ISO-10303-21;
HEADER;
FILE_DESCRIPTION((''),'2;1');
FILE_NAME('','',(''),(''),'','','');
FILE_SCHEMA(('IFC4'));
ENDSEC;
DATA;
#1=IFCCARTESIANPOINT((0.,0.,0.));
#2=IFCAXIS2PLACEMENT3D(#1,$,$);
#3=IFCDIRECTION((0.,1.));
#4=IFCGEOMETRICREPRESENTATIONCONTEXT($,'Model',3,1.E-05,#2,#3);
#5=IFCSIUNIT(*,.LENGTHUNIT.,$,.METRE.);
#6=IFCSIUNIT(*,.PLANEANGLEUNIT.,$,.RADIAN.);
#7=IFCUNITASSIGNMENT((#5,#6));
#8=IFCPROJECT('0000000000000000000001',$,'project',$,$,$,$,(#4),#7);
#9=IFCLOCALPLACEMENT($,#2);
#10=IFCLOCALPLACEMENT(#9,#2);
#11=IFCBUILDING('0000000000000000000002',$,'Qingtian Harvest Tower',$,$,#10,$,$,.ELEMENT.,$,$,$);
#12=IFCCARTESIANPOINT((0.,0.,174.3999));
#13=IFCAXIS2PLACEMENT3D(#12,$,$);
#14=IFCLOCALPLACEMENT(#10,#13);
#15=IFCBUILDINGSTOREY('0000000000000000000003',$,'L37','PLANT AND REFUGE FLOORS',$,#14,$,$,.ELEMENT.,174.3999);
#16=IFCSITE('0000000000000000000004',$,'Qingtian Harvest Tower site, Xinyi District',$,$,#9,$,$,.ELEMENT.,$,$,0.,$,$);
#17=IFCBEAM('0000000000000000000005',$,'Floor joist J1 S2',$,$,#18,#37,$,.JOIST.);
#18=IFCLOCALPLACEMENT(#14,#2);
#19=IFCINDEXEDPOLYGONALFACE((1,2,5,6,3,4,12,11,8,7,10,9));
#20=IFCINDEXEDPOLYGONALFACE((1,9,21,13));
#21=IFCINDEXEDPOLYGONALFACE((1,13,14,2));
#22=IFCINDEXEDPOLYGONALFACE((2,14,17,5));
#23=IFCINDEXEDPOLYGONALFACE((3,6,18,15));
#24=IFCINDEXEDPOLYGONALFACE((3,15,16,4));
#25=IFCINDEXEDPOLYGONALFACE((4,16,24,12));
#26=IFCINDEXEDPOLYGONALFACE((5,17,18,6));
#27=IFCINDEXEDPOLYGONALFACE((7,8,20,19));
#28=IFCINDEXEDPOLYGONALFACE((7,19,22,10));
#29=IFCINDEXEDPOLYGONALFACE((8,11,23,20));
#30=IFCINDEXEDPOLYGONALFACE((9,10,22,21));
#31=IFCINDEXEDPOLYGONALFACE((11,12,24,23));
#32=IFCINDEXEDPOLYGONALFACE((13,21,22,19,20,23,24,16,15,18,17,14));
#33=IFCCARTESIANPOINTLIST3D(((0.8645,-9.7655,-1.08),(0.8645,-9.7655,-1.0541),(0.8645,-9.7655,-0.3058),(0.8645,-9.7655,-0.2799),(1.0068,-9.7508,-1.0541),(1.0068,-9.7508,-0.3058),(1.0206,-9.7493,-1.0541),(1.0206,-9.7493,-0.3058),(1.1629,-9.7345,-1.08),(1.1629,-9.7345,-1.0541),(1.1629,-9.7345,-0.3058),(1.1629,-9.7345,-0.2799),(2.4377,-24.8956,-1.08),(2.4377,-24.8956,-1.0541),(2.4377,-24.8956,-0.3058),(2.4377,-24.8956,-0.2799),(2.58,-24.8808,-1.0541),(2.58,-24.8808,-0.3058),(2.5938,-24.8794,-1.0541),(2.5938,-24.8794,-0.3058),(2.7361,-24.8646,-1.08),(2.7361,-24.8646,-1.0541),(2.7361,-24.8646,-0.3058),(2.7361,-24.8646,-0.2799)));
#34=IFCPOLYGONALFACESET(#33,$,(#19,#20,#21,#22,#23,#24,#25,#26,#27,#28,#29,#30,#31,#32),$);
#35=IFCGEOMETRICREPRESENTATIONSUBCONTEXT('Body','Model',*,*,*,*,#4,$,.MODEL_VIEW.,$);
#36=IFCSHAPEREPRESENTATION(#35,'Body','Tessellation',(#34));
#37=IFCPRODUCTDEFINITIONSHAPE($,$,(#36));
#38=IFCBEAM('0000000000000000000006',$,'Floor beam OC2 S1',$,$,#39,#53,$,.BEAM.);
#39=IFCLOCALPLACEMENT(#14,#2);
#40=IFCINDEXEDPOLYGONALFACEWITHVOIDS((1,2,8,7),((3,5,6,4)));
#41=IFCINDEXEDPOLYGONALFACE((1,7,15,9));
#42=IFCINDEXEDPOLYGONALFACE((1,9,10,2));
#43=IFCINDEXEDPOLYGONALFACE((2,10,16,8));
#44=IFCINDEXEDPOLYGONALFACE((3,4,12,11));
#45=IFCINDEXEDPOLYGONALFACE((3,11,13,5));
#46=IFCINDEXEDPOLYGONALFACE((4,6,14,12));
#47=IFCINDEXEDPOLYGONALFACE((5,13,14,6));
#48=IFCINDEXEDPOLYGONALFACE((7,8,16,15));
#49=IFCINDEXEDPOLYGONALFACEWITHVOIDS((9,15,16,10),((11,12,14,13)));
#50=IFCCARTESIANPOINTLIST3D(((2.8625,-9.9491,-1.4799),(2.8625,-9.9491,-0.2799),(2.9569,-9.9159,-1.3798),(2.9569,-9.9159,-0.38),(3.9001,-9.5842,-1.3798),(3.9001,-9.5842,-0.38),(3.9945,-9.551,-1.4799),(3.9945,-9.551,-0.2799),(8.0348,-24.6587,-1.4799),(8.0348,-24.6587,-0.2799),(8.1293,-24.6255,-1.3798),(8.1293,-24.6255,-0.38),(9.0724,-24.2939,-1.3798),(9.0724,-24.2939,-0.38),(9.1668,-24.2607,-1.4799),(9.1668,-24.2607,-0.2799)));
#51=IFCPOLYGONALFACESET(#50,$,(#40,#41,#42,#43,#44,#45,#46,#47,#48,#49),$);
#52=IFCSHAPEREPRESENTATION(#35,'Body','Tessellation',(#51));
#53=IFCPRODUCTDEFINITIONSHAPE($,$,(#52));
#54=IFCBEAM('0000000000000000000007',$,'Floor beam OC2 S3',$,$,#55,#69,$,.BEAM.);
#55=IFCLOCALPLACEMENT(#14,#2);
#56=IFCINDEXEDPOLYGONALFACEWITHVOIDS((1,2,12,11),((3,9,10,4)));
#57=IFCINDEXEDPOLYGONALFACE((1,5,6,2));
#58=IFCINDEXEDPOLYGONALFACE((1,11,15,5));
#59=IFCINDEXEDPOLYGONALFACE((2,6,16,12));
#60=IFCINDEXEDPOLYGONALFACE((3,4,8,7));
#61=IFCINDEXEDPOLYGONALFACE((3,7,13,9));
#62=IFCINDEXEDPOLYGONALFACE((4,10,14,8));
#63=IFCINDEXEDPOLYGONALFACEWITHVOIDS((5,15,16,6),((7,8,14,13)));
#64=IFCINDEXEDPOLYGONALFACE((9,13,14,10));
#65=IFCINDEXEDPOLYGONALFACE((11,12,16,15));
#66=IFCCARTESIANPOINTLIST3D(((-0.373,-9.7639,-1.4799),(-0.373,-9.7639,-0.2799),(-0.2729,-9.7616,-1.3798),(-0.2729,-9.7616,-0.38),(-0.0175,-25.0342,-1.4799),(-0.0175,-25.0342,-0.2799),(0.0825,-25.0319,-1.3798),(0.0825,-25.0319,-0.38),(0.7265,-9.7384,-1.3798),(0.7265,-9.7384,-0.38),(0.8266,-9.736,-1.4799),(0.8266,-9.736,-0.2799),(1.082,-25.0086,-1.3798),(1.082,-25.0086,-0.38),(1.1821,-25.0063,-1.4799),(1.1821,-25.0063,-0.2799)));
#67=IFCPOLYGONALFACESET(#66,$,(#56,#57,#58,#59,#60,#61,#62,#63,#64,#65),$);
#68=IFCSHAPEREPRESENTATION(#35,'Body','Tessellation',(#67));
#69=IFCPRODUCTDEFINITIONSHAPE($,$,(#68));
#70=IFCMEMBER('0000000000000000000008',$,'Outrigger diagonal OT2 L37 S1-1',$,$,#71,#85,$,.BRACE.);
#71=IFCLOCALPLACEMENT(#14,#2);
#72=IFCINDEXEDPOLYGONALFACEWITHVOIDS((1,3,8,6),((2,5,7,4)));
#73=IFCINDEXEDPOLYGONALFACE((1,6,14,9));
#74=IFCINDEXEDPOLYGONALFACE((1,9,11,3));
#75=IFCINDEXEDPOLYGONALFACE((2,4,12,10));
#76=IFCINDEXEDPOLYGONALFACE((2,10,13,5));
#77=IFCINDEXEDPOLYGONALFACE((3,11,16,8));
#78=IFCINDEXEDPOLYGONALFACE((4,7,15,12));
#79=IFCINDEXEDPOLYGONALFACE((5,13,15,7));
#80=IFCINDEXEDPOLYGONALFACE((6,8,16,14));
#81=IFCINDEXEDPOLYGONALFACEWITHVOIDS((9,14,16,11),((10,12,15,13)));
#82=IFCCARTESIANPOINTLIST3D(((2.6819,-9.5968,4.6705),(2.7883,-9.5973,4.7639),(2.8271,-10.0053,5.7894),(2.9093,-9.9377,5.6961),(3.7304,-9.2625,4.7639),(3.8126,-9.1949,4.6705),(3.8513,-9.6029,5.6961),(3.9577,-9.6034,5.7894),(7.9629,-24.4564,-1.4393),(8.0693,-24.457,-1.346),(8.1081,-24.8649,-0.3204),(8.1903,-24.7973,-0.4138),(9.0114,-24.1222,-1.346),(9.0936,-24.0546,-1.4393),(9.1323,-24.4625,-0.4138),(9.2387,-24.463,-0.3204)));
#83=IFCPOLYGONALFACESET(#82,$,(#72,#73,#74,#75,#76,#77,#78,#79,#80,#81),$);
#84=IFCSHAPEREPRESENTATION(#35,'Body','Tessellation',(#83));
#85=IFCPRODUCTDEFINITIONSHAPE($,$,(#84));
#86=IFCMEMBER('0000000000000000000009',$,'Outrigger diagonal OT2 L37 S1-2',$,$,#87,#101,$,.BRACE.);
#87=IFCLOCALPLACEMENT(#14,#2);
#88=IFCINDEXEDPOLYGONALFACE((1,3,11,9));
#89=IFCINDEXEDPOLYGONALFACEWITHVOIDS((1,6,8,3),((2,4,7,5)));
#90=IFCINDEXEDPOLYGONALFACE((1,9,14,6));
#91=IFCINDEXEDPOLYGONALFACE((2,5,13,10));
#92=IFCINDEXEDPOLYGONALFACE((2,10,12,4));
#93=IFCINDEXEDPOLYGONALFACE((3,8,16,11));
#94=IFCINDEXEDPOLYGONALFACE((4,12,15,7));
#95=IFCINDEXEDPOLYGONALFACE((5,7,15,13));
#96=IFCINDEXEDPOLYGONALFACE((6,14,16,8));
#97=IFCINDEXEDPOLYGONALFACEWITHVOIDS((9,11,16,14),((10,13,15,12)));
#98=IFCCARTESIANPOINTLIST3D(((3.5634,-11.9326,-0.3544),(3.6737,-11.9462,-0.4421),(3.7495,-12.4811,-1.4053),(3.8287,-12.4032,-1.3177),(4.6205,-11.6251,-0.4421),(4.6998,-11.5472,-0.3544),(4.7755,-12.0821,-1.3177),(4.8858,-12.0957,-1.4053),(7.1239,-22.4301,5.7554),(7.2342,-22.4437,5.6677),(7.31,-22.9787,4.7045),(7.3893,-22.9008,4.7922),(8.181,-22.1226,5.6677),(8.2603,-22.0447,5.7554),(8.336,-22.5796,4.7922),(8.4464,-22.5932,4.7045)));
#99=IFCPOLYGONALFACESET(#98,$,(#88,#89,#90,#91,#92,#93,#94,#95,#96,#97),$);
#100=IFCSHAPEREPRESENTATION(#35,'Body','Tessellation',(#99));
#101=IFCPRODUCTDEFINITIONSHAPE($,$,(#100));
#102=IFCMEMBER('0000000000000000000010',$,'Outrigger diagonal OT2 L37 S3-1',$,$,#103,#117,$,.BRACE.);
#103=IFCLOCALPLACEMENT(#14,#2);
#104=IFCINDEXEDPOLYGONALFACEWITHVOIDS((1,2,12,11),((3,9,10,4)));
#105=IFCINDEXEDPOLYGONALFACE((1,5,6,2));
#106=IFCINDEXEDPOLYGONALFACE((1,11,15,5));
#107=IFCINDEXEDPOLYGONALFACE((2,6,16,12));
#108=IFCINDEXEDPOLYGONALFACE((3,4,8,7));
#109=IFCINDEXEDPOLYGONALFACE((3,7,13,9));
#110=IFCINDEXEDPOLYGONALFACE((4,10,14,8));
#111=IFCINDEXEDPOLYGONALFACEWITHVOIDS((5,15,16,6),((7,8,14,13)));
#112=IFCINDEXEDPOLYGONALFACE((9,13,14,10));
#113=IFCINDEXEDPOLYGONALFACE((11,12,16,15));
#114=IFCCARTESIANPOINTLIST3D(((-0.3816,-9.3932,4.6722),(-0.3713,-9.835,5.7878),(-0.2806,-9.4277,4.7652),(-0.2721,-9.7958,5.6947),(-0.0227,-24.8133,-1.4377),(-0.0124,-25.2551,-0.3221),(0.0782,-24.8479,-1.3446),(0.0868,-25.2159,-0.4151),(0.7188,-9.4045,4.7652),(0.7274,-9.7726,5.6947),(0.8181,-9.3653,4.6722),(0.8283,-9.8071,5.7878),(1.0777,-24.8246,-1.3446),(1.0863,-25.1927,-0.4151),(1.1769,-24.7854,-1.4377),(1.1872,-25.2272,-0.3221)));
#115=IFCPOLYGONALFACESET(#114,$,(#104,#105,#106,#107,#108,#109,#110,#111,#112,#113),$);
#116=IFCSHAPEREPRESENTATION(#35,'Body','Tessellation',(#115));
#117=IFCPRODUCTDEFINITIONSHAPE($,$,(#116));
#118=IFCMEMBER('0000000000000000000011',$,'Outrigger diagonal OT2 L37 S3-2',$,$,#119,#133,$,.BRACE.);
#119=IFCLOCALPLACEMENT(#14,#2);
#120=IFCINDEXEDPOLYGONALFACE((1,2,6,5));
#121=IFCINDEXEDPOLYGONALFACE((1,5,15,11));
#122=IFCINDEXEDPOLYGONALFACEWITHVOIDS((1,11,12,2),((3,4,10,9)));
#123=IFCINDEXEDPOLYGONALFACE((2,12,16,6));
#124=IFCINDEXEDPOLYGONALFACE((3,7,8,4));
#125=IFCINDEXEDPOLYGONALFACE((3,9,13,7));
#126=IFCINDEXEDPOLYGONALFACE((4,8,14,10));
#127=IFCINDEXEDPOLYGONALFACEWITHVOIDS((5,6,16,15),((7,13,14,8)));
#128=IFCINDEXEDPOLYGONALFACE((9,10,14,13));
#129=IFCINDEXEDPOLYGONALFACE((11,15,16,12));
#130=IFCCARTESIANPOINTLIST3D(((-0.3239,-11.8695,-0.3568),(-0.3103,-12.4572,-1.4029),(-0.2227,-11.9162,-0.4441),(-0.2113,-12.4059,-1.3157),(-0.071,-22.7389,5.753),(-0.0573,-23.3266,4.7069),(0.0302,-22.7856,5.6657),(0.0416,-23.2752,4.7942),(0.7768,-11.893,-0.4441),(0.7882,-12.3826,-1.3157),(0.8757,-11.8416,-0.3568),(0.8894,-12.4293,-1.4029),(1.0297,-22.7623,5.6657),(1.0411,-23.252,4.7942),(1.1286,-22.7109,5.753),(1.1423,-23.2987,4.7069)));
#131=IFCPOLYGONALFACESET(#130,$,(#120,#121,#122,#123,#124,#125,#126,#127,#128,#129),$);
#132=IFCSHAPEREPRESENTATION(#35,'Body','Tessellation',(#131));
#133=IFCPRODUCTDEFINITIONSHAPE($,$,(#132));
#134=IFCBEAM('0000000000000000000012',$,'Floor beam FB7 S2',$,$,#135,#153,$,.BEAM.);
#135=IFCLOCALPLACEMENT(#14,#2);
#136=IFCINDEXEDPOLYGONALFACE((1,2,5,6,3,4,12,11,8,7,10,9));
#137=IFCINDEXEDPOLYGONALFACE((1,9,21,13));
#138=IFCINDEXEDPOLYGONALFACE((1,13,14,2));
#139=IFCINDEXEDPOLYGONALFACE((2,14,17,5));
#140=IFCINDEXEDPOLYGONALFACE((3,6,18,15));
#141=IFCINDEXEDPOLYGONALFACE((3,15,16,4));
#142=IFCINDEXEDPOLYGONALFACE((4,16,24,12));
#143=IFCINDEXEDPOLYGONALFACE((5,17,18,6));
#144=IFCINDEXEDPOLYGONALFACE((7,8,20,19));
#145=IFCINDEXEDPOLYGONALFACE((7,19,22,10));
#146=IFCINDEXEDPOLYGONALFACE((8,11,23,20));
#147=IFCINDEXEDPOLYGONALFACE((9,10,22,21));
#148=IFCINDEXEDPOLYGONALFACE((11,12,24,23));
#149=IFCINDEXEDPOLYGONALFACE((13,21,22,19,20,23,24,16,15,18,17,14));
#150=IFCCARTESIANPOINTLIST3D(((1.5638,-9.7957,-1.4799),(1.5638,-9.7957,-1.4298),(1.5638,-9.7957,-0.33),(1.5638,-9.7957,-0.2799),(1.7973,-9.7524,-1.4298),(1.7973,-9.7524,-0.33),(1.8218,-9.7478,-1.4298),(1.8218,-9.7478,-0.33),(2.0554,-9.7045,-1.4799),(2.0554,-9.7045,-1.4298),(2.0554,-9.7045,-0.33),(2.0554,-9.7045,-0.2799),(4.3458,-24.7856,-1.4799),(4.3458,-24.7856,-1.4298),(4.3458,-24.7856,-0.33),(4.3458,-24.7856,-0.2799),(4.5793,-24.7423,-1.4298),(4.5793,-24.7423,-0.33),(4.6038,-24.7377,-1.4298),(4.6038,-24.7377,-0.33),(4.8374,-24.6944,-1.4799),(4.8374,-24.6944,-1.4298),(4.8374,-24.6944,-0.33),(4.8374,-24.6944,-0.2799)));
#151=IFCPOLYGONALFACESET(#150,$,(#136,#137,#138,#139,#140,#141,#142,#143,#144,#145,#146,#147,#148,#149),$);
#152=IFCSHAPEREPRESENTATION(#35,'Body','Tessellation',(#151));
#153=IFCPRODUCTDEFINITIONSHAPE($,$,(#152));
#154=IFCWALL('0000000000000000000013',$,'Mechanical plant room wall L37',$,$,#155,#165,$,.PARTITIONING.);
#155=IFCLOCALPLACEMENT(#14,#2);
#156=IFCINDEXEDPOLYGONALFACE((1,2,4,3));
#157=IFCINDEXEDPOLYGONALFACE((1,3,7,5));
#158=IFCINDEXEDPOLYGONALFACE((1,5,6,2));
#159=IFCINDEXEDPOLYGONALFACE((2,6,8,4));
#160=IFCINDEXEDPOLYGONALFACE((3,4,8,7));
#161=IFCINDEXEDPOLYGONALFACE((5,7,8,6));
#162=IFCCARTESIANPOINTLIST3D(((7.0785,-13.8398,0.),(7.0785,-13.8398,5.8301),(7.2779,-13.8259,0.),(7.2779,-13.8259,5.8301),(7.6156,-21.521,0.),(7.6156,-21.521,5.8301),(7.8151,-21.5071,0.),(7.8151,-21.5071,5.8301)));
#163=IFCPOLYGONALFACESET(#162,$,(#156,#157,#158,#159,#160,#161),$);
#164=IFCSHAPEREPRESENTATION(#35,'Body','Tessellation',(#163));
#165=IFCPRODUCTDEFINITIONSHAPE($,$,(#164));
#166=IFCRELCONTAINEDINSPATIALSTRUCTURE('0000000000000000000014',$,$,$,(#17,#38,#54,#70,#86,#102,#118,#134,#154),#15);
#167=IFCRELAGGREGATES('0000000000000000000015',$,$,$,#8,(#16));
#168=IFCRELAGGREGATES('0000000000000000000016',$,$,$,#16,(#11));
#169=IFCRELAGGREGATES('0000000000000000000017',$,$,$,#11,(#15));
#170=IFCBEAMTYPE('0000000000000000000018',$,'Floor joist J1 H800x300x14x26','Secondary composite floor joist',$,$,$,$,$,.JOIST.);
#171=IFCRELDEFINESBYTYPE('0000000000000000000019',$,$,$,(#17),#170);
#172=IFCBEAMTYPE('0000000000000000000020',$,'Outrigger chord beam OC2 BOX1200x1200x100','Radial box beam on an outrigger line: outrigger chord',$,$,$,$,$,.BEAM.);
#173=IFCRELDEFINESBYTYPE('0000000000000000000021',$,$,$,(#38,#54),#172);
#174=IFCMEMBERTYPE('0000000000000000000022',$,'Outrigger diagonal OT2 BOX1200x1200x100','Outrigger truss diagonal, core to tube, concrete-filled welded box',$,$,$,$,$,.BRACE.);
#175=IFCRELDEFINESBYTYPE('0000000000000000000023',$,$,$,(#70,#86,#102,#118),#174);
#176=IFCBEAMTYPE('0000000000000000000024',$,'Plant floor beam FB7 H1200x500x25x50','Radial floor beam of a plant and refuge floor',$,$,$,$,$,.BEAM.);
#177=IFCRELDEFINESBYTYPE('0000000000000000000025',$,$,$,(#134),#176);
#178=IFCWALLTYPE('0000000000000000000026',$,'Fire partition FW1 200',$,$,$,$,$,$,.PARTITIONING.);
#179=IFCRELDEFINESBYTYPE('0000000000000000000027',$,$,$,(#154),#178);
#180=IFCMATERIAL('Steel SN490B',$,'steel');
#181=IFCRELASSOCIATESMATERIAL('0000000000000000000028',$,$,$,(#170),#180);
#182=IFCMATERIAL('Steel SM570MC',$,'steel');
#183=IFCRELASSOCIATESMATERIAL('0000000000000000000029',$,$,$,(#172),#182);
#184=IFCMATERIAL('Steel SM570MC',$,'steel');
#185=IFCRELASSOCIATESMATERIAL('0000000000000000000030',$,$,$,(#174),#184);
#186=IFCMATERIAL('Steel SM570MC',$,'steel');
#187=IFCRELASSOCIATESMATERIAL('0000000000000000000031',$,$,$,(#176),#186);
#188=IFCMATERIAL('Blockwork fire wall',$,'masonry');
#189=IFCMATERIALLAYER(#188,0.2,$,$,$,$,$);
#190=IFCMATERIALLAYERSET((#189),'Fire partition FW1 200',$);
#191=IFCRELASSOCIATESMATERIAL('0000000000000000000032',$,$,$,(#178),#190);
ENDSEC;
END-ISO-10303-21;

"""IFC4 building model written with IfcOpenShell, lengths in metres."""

from ifc_helpers import new_model, si_unit, direction, frame, frame_2d, origin, origin_2d, place, context, subcontext, project, spatial, rectangle, hollow_rectangle, i_section, extrude, material, layer, layer_set, material_profile, profile_set, type_object, element, save


model = new_model("IFC4")

# Units and contexts
model_context = context("Model", 3, precision=1e-05, world=origin(), true_north=direction((0.0, 1.0)))
body_context = subcontext(model_context, "Body", "Model", "MODEL_VIEW")
ifc_project = project(units=[si_unit("LENGTHUNIT", "METRE"), si_unit("PLANEANGLEUNIT", "RADIAN")], contexts=[model_context])

# Site, building, storey
site_placement = place(None, origin())
site = spatial("IfcSite", under=ifc_project, at=site_placement, Name="Qingtian Harvest Tower site, Xinyi District", CompositionType="ELEMENT", RefElevation=0.0)
building_placement = place(site_placement, origin())
building = spatial("IfcBuilding", under=site, at=building_placement, Name="Qingtian Harvest Tower", CompositionType="ELEMENT")
storey_placement = place(building_placement, frame((0.0, 0.0, 174.3999)))
storey = spatial("IfcBuildingStorey", under=building, at=storey_placement, Name="L37", Description="PLANT AND REFUGE FLOORS", CompositionType="ELEMENT", Elevation=174.3999)

# Beams
ifc_material_1 = material(Name="Steel SN490B", Category="steel")
ifc_material_profile_1 = material_profile(ifc_material_1, i_section(OverallWidth=0.3, OverallDepth=0.8, WebThickness=0.0139, FlangeThickness=0.0259, at=origin_2d()), Name="H800x300x14x26")
ifc_profile_set_1 = profile_set([ifc_material_profile_1], Name="Steel SN490B")
beam_type_1 = type_object("IfcBeamType", Name="Floor joist J1 H800x300x14x26", Description="Secondary composite floor joist", PredefinedType="JOIST", material=ifc_profile_set_1)
beam_1_placement = place(storey_placement, frame((2.5869, -24.8801, -0.6799), z_axis=(-0.103423, 0.994637, 0.0), x_axis=(-0.994637, -0.103423, 0.0)))
element("IfcBeam", 1, at=beam_1_placement, inside=storey, type_object=beam_type_1, Name="Floor joist J1 S2", PredefinedType="JOIST", context=body_context, shape_type="SweptSolid", body=[
    extrude(i_section(OverallWidth=0.3, OverallDepth=0.8, WebThickness=0.0139, FlangeThickness=0.0259, at=origin_2d()), origin(), (0.0, 0.0, 1.0), 15.2117),
])
ifc_material_2 = material(Name="Steel SM570MC", Category="steel")
ifc_material_profile_2 = material_profile(ifc_material_2, hollow_rectangle(XDim=1.2, YDim=1.2, WallThickness=0.1001, at=origin_2d()), Name="BOX1200x1200x100")
ifc_profile_set_2 = profile_set([ifc_material_profile_2], Name="Steel SM570MC")
beam_type_2 = type_object("IfcBeamType", Name="Outrigger chord beam OC2 BOX1200x1200x100", Description="Radial box beam on an outrigger line: outrigger chord", PredefinedType="BEAM", material=ifc_profile_set_2)
beam_2_placement = place(storey_placement, frame((8.6008, -24.4597, -0.8799), z_axis=(-0.331719, 0.943378, 0.0), x_axis=(-0.943378, -0.331719, 0.0)))
element("IfcBeam", 2, at=beam_2_placement, inside=storey, type_object=beam_type_2, Name="Floor beam OC2 S1", PredefinedType="BEAM", context=body_context, shape_type="SweptSolid", body=[
    extrude(hollow_rectangle(XDim=1.2, YDim=1.2, WallThickness=0.1001, at=origin_2d()), origin(), (0.0, 0.0, 1.0), 15.5925),
])
beam_3_placement = place(storey_placement, frame((0.5823, -25.0203, -0.8799), z_axis=(-0.023272, 0.999729, 0.0), x_axis=(-0.999729, -0.023272, 0.0)))
element("IfcBeam", 3, at=beam_3_placement, inside=storey, type_object=beam_type_2, Name="Floor beam OC2 S3", PredefinedType="BEAM", context=body_context, shape_type="SweptSolid", body=[
    extrude(hollow_rectangle(XDim=1.2, YDim=1.2, WallThickness=0.1001, at=origin_2d()), origin(), (0.0, 0.0, 1.0), 15.2744),
])

# Members
ifc_material_3 = material(Name="Steel SM570MC", Category="steel")
ifc_material_profile_3 = material_profile(ifc_material_3, hollow_rectangle(XDim=1.2, YDim=1.2, WallThickness=0.1001, at=origin_2d()), Name="BOX1200x1200x100")
ifc_profile_set_3 = profile_set([ifc_material_profile_3], Name="Steel SM570MC")
member_type_1 = type_object("IfcMemberType", Name="Outrigger diagonal OT2 BOX1200x1200x100", Description="Outrigger truss diagonal, core to tube, concrete-filled welded box", PredefinedType="BRACE", material=ifc_profile_set_3)
member_1_placement = place(storey_placement, frame((8.6008, -24.4597, -0.8799), z_axis=(-0.312257, 0.878625, 0.361266), x_axis=(-0.942263, -0.334874, 0.0)))
element("IfcMember", 4, at=member_1_placement, inside=storey, type_object=member_type_1, Name="Outrigger diagonal OT2 L37 S1-1", PredefinedType="BRACE", context=body_context, shape_type="SweptSolid", body=[
    extrude(hollow_rectangle(XDim=1.2, YDim=1.2, WallThickness=0.1001, at=origin_2d()), origin(), (0.0, 0.0, 1.0), 16.9124),
])
member_2_placement = place(storey_placement, frame((4.2246, -12.0142, -0.8799), z_axis=(0.281304, -0.829369, 0.482715), x_axis=(0.94701, 0.321205, 0.0)))
element("IfcMember", 5, at=member_2_placement, inside=storey, type_object=member_type_1, Name="Outrigger diagonal OT2 L37 S1-2", PredefinedType="BRACE", context=body_context, shape_type="SweptSolid", body=[
    extrude(hollow_rectangle(XDim=1.2, YDim=1.2, WallThickness=0.1001, at=origin_2d()), origin(), (0.0, 0.0, 1.0), 12.6572),
])
member_3_placement = place(storey_placement, frame((0.5823, -25.0203, -0.8799), z_axis=(-0.021632, 0.929464, 0.368277), x_axis=(-0.999729, -0.023268, 0.0)))
element("IfcMember", 6, at=member_3_placement, inside=storey, type_object=member_type_1, Name="Outrigger diagonal OT2 L37 S3-1", PredefinedType="BRACE", context=body_context, shape_type="SweptSolid", body=[
    extrude(hollow_rectangle(XDim=1.2, YDim=1.2, WallThickness=0.1001, at=origin_2d()), origin(), (0.0, 0.0, 1.0), 16.5903),
])
member_4_placement = place(storey_placement, frame((0.2827, -12.1494, -0.8799), z_axis=(0.020281, -0.871539, 0.489907), x_axis=(0.999729, 0.023264, 0.0)))
element("IfcMember", 7, at=member_4_placement, inside=storey, type_object=member_type_1, Name="Outrigger diagonal OT2 L37 S3-2", PredefinedType="BRACE", context=body_context, shape_type="SweptSolid", body=[
    extrude(hollow_rectangle(XDim=1.2, YDim=1.2, WallThickness=0.1001, at=origin_2d()), origin(), (0.0, 0.0, 1.0), 12.4714),
])

# Beam
ifc_material_4 = material(Name="Steel SM570MC", Category="steel")
ifc_material_profile_4 = material_profile(ifc_material_4, i_section(OverallWidth=0.5, OverallDepth=1.2, WebThickness=0.0249, FlangeThickness=0.05, at=origin_2d()), Name="H1200x500x25x50")
ifc_profile_set_4 = profile_set([ifc_material_profile_4], Name="Steel SM570MC")
beam_type_3 = type_object("IfcBeamType", Name="Plant floor beam FB7 H1200x500x25x50", Description="Radial floor beam of a plant and refuge floor", PredefinedType="BEAM", material=ifc_profile_set_4)
beam_4_placement = place(storey_placement, frame((4.5916, -24.74, -0.8799), z_axis=(-0.182473, 0.983211, 0.0), x_axis=(-0.983211, -0.182473, 0.0)))
element("IfcBeam", 8, at=beam_4_placement, inside=storey, type_object=beam_type_3, Name="Floor beam FB7 S2", PredefinedType="BEAM", context=body_context, shape_type="SweptSolid", body=[
    extrude(i_section(OverallWidth=0.5, OverallDepth=1.2, WebThickness=0.0249, FlangeThickness=0.05, at=origin_2d()), origin(), (0.0, 0.0, 1.0), 15.2458),
])

# Wall
ifc_material_5 = material(Name="Blockwork fire wall", Category="masonry")
ifc_layer_1 = layer(ifc_material_5, 0.2)
ifc_layer_set_1 = layer_set([ifc_layer_1], Name="Fire partition FW1 200")
wall_type = type_object("IfcWallType", Name="Fire partition FW1 200", PredefinedType="PARTITIONING", material=ifc_layer_set_1)
wall_1_placement = place(storey_placement, frame((7.7153, -21.5142, 0.0), z_axis=(0.0, 0.0, 1.0), x_axis=(-0.069755, 0.997564, 0.0)))
element("IfcWall", 9, at=wall_1_placement, inside=storey, type_object=wall_type, Name="Mechanical plant room wall L37", PredefinedType="PARTITIONING", context=body_context, shape_type="SweptSolid", body=[
    extrude(rectangle(XDim=7.7, YDim=0.2, at=frame_2d((3.8501, 0.0))), origin(), (0.0, 0.0, 1.0), 5.8301),
])

save(model, "model.ifc")
